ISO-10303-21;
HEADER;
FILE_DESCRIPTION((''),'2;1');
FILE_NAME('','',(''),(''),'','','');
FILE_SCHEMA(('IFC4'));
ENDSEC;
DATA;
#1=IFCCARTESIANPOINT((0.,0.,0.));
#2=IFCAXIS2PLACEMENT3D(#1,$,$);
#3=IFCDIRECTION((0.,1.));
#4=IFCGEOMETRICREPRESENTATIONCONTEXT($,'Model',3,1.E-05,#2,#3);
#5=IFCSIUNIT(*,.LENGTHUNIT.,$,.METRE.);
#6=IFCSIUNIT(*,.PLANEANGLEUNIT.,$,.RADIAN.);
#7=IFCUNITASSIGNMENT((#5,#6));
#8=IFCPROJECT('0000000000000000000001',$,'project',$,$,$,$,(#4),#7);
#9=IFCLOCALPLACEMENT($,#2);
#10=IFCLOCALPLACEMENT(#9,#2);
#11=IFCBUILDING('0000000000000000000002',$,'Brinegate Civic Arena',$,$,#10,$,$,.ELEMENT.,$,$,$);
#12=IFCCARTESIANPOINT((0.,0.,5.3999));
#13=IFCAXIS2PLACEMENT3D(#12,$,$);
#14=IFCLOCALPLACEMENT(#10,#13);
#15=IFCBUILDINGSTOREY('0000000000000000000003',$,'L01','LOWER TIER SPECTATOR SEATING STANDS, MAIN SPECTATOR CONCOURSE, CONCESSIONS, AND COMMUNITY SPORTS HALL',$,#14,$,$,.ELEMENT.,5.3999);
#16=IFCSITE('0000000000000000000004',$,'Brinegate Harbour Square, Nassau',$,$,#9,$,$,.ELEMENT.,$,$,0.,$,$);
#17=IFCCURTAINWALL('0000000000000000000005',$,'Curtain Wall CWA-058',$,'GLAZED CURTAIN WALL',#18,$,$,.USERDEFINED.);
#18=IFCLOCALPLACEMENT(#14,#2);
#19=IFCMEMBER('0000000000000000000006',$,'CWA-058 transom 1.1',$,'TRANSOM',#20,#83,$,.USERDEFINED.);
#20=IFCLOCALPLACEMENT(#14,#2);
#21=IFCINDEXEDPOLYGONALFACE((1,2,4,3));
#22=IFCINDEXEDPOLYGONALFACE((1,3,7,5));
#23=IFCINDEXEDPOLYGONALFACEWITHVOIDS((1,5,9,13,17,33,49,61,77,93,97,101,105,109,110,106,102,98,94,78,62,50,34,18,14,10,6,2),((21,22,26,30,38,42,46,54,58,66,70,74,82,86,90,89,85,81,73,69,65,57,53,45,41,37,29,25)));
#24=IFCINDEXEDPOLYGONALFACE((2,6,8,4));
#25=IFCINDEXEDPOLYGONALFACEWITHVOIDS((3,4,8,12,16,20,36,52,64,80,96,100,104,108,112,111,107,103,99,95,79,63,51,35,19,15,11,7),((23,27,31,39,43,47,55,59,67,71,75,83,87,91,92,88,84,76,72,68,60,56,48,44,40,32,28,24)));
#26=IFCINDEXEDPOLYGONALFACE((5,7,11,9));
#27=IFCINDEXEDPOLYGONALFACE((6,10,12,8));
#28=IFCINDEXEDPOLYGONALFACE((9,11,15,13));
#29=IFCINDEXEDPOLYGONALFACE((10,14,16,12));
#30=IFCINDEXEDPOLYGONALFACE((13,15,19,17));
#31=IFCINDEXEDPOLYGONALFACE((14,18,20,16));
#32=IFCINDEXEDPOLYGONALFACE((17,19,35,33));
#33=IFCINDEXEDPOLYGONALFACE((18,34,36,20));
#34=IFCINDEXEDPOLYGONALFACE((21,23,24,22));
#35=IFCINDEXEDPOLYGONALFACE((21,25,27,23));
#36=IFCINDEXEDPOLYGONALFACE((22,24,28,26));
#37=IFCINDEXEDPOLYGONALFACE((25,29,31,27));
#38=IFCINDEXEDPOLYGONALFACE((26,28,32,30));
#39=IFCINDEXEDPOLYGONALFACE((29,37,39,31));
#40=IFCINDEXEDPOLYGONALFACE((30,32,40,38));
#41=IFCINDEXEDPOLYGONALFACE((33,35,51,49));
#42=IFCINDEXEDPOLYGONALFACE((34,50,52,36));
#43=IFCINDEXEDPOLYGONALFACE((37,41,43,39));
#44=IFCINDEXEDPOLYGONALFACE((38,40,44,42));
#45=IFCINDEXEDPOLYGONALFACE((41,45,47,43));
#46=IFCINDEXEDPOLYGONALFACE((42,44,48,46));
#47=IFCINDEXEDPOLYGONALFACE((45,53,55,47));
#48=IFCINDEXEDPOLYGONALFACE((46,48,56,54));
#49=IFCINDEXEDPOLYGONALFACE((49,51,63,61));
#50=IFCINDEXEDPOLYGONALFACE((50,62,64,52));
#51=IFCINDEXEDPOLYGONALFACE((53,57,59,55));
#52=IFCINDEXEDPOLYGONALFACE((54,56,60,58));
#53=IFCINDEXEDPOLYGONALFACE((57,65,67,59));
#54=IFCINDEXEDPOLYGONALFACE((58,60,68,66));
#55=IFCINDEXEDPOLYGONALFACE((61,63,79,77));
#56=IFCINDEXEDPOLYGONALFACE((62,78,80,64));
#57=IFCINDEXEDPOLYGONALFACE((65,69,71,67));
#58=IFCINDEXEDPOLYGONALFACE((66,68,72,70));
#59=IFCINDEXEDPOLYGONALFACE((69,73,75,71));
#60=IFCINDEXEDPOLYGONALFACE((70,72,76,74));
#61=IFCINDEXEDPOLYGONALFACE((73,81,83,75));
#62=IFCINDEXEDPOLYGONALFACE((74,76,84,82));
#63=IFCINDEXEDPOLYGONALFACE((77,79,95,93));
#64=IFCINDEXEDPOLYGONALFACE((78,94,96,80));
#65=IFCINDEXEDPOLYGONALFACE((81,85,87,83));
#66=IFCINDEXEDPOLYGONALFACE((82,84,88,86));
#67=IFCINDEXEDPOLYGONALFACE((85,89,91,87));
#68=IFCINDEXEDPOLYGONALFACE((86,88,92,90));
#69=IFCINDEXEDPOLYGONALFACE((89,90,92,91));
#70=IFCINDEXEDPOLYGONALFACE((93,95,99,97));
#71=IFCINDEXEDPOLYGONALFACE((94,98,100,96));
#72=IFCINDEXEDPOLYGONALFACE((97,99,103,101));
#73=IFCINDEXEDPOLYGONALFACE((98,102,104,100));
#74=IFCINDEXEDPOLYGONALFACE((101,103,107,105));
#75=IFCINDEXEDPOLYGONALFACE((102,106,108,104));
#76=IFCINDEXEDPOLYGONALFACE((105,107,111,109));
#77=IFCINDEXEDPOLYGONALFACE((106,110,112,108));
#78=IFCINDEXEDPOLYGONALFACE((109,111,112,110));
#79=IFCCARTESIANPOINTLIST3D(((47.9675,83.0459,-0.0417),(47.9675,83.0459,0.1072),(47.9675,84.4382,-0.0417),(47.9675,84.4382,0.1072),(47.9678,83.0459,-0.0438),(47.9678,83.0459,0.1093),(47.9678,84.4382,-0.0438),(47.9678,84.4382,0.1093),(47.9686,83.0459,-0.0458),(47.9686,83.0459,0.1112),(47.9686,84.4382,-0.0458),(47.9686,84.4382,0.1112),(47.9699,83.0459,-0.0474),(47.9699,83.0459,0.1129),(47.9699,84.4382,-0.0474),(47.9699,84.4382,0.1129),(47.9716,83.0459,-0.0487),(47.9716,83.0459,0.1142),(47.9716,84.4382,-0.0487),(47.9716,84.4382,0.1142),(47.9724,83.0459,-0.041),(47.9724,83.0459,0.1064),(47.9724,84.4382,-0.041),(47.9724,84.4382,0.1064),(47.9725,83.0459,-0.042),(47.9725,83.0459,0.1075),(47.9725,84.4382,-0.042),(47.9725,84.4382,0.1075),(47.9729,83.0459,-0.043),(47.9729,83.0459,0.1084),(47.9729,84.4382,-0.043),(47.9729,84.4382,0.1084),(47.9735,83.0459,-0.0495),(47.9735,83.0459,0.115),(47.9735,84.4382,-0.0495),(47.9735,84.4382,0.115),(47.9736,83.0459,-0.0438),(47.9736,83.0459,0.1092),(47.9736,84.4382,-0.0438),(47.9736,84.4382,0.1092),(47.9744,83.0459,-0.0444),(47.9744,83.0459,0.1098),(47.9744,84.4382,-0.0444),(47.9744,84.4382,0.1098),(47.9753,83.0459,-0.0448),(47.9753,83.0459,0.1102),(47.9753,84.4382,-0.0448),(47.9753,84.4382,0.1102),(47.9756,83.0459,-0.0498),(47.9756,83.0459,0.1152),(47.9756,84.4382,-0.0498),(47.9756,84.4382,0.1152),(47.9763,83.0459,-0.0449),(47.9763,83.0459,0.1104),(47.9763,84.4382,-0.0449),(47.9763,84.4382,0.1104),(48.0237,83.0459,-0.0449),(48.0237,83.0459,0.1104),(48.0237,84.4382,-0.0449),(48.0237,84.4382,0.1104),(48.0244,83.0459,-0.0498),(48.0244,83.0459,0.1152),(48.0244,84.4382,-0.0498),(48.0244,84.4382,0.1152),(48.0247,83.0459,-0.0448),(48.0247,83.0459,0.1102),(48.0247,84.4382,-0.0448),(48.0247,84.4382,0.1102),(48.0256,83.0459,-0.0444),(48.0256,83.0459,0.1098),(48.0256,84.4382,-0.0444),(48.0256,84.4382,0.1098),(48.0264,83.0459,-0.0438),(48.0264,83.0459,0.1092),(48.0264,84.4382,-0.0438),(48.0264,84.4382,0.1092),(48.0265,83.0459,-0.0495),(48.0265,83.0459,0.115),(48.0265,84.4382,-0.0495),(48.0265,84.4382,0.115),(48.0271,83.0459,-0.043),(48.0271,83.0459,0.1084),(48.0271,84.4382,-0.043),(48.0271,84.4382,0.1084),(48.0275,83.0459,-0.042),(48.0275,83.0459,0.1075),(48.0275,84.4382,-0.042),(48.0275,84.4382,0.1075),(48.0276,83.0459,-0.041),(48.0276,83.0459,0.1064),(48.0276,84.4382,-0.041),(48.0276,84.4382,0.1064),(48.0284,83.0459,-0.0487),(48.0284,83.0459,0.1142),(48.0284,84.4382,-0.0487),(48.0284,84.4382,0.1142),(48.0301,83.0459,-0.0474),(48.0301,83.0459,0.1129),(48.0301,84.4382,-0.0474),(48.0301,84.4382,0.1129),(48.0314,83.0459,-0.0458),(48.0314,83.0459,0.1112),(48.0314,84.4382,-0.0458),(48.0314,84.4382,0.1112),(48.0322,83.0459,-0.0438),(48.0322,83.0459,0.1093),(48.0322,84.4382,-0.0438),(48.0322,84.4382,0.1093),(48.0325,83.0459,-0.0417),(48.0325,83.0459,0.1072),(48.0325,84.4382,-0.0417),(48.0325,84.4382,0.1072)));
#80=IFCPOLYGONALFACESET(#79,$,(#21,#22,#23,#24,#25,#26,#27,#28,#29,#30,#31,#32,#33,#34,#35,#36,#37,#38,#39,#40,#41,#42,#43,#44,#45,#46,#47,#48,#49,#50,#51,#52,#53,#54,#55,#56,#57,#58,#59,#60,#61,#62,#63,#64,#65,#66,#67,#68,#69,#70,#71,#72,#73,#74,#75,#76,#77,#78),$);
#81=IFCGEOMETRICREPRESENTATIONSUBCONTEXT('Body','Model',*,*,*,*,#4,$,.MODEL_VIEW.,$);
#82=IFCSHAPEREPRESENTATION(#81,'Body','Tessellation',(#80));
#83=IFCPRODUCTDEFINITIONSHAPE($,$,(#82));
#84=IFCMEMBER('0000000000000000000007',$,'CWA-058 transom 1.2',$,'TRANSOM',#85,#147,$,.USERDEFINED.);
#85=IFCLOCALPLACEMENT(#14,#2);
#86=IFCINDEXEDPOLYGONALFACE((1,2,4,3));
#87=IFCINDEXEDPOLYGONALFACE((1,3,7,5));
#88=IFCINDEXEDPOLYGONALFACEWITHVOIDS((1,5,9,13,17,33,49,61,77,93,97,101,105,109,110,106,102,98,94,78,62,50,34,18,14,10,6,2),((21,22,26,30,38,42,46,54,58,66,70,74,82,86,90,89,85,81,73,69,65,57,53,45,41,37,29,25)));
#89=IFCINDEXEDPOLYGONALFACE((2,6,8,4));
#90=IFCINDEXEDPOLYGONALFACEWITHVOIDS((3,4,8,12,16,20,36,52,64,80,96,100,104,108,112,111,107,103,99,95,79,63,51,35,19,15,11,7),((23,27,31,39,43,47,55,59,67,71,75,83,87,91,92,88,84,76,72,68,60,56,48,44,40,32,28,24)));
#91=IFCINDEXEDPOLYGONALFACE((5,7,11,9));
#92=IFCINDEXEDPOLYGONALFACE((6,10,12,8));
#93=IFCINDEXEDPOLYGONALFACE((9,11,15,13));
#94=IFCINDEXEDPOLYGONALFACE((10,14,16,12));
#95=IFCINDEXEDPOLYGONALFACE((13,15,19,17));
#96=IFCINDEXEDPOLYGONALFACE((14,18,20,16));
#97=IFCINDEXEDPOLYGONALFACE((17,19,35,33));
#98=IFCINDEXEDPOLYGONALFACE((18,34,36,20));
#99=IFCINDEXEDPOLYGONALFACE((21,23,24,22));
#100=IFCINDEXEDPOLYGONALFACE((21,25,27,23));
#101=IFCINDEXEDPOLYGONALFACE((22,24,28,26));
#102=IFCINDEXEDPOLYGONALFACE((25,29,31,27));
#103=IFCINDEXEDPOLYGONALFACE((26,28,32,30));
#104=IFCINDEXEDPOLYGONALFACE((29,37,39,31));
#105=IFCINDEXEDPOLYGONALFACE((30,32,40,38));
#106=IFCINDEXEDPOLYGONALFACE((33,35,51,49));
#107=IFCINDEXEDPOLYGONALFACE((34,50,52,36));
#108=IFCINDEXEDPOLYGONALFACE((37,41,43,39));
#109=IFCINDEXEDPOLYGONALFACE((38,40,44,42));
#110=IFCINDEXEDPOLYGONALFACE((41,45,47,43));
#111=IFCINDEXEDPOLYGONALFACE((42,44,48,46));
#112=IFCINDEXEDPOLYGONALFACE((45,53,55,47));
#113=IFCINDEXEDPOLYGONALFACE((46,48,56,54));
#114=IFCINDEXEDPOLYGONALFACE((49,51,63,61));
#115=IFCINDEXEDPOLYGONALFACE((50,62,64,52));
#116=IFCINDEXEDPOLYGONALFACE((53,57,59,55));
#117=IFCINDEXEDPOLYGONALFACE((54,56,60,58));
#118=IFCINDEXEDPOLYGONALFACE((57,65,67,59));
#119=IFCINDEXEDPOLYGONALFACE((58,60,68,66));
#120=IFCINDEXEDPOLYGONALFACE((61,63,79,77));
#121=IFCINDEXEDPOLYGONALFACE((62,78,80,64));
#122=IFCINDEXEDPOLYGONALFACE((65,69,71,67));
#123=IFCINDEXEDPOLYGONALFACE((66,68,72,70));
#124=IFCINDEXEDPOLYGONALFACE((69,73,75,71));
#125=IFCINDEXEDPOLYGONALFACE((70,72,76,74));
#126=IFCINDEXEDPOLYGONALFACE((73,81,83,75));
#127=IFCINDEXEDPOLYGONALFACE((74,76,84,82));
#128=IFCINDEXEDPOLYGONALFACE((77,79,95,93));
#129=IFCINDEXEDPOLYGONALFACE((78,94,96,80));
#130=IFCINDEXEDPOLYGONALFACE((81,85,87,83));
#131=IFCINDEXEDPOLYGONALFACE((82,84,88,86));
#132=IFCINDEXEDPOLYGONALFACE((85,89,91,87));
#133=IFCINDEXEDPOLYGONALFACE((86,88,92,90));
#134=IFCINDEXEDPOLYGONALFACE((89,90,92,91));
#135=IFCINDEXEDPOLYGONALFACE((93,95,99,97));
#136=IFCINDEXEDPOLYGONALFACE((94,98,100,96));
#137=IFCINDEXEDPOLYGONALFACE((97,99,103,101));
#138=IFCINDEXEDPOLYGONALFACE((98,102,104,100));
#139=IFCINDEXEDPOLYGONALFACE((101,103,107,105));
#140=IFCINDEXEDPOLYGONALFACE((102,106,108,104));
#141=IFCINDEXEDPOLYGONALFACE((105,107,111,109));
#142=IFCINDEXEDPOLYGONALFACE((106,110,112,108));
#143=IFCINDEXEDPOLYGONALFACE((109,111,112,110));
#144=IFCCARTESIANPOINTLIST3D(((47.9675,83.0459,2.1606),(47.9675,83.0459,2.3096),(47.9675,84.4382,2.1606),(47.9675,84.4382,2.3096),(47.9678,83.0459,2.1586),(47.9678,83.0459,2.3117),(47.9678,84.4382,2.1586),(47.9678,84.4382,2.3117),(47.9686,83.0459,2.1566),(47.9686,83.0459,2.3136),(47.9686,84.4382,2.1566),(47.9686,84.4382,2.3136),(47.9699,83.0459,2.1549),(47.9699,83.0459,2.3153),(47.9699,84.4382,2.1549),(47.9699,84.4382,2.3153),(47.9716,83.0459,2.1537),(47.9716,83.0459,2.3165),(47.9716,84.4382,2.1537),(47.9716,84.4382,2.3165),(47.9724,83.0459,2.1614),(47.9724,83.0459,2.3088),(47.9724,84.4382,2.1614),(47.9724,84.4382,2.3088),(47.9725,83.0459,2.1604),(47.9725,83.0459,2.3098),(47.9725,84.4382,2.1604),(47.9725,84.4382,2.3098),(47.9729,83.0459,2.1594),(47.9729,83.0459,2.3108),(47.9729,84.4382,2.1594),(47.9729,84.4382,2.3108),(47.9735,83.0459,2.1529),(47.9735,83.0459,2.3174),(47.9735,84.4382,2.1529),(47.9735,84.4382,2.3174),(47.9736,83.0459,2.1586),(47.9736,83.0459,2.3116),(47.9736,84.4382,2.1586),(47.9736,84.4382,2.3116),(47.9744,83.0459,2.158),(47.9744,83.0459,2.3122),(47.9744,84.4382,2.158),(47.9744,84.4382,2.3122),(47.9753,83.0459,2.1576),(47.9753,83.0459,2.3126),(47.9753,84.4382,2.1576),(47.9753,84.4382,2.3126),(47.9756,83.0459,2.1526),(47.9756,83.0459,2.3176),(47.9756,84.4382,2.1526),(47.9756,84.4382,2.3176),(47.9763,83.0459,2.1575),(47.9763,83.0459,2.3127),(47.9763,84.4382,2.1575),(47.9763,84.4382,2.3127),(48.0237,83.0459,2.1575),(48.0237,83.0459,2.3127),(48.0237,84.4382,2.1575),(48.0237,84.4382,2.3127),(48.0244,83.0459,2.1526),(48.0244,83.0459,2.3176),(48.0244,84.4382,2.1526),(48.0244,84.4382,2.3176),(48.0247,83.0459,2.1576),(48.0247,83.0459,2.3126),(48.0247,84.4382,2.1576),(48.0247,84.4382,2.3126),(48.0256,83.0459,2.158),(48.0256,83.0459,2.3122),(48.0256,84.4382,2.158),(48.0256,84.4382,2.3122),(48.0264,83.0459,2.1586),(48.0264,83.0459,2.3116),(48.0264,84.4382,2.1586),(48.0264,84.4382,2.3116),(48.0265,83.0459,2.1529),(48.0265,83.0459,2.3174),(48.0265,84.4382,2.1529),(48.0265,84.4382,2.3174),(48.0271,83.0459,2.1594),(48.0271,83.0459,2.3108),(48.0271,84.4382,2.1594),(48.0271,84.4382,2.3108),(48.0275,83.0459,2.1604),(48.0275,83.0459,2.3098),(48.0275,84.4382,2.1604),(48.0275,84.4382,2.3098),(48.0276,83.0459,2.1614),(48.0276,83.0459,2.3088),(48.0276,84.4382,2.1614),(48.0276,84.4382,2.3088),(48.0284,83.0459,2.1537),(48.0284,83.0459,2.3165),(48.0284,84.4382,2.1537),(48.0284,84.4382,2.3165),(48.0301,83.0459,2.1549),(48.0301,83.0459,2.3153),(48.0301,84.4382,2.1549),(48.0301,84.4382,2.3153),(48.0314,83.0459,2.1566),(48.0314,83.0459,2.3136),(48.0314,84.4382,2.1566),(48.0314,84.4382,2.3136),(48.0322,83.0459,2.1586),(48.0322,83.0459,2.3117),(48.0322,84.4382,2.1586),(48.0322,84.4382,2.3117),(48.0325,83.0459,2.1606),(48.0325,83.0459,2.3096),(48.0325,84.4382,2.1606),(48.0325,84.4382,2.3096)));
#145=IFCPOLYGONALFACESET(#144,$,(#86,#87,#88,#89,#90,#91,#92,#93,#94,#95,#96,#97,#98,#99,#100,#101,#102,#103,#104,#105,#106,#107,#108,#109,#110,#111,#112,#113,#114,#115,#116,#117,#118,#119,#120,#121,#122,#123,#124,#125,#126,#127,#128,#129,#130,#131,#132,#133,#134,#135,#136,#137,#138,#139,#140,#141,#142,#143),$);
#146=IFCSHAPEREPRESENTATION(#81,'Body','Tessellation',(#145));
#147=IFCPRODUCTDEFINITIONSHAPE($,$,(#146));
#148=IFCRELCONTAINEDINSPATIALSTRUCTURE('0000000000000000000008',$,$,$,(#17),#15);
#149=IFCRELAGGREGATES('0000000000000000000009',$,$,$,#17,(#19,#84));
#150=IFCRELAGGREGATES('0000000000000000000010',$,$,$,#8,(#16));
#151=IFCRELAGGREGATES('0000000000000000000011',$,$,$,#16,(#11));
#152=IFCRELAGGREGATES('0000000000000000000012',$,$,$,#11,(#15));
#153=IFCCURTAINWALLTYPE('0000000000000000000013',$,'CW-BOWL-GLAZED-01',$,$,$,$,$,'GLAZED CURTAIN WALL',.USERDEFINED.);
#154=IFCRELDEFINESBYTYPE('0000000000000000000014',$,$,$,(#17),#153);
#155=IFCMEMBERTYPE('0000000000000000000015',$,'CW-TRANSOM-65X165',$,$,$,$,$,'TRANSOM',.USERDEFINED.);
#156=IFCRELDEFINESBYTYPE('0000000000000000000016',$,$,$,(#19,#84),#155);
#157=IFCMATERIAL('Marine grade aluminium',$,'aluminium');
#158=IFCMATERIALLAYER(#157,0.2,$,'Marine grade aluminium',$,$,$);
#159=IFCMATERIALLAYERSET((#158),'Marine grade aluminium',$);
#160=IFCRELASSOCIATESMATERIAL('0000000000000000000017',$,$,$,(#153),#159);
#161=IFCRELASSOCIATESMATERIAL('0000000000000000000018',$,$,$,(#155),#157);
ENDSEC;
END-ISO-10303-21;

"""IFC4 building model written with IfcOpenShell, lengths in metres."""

from ifc_helpers import new_model, si_unit, direction, frame, origin, origin_2d, place, context, subcontext, project, spatial, hollow_rectangle, extrude, material, layer, layer_set, material_profile, profile_set, type_object, element, aggregate, save


model = new_model("IFC4")

# Units and contexts
model_context = context("Model", 3, precision=1e-05, world=origin(), true_north=direction((0.0, 1.0)))
body_context = subcontext(model_context, "Body", "Model", "MODEL_VIEW")
ifc_project = project(units=[si_unit("LENGTHUNIT", "METRE"), si_unit("PLANEANGLEUNIT", "RADIAN")], contexts=[model_context])

# Site, building, storey
site_placement = place(None, origin())
site = spatial("IfcSite", under=ifc_project, at=site_placement, Name="Brinegate Harbour Square, Nassau", CompositionType="ELEMENT", RefElevation=0.0)
building_placement = place(site_placement, origin())
building = spatial("IfcBuilding", under=site, at=building_placement, Name="Brinegate Civic Arena", CompositionType="ELEMENT")
storey_placement = place(building_placement, frame((0.0, 0.0, 5.3999)))
storey = spatial("IfcBuildingStorey", under=building, at=storey_placement, Name="L01", Description="LOWER TIER SPECTATOR SEATING STANDS, MAIN SPECTATOR CONCOURSE, CONCESSIONS, AND COMMUNITY SPORTS HALL", CompositionType="ELEMENT", Elevation=5.3999)

# Curtain wall
ifc_material_1 = material(Name="Marine grade aluminium", Category="aluminium")
ifc_layer_1 = layer(ifc_material_1, 0.2, Name="Marine grade aluminium")
ifc_layer_set_1 = layer_set([ifc_layer_1], Name="Marine grade aluminium")
curtain_wall_type = type_object("IfcCurtainWallType", Name="CW-BOWL-GLAZED-01", ElementType="GLAZED CURTAIN WALL", PredefinedType="USERDEFINED", material=ifc_layer_set_1)
curtain_wall_1_placement = place(storey_placement, origin())
curtain_wall_1 = element("IfcCurtainWall", 1, at=curtain_wall_1_placement, inside=storey, type_object=curtain_wall_type, Name="Curtain Wall CWA-058", ObjectType="GLAZED CURTAIN WALL", PredefinedType="USERDEFINED")

# Members
ifc_material_profile_1 = material_profile(ifc_material_1, hollow_rectangle(XDim=0.0649, YDim=0.165, WallThickness=0.0049, InnerFilletRadius=0.0039, OuterFilletRadius=0.0081, at=origin_2d()), Name="TRN65X165")
ifc_profile_set_1 = profile_set([ifc_material_profile_1], Name="Marine grade aluminium")
member_type_1 = type_object("IfcMemberType", Name="CW-TRANSOM-65X165", ElementType="TRANSOM", PredefinedType="USERDEFINED", material=ifc_profile_set_1)
member_1_placement = place(storey_placement, frame((48.0, 83.0459, 0.0327), z_axis=(0.0, 1.0, 0.0), x_axis=(-1.0, 0.0, 0.0)))
member_1 = element("IfcMember", 2, at=member_1_placement, type_object=member_type_1, Name="CWA-058 transom 1.1", ObjectType="TRANSOM", PredefinedType="USERDEFINED", context=body_context, shape_type="SweptSolid", body=[
    extrude(hollow_rectangle(XDim=0.0649, YDim=0.165, WallThickness=0.0049, InnerFilletRadius=0.0039, OuterFilletRadius=0.0081, at=origin_2d()), origin(), (0.0, 0.0, 1.0), 1.3923),
])
member_2_placement = place(storey_placement, frame((48.0, 83.0459, 2.2351), z_axis=(0.0, 1.0, 0.0), x_axis=(-1.0, 0.0, 0.0)))
member_2 = element("IfcMember", 3, at=member_2_placement, type_object=member_type_1, Name="CWA-058 transom 1.2", ObjectType="TRANSOM", PredefinedType="USERDEFINED", context=body_context, shape_type="SweptSolid", body=[
    extrude(hollow_rectangle(XDim=0.0649, YDim=0.165, WallThickness=0.0049, InnerFilletRadius=0.0039, OuterFilletRadius=0.0081, at=origin_2d()), origin(), (0.0, 0.0, 1.0), 1.3923),
])
aggregate(curtain_wall_1, [member_1, member_2])

save(model, "model.ifc")
